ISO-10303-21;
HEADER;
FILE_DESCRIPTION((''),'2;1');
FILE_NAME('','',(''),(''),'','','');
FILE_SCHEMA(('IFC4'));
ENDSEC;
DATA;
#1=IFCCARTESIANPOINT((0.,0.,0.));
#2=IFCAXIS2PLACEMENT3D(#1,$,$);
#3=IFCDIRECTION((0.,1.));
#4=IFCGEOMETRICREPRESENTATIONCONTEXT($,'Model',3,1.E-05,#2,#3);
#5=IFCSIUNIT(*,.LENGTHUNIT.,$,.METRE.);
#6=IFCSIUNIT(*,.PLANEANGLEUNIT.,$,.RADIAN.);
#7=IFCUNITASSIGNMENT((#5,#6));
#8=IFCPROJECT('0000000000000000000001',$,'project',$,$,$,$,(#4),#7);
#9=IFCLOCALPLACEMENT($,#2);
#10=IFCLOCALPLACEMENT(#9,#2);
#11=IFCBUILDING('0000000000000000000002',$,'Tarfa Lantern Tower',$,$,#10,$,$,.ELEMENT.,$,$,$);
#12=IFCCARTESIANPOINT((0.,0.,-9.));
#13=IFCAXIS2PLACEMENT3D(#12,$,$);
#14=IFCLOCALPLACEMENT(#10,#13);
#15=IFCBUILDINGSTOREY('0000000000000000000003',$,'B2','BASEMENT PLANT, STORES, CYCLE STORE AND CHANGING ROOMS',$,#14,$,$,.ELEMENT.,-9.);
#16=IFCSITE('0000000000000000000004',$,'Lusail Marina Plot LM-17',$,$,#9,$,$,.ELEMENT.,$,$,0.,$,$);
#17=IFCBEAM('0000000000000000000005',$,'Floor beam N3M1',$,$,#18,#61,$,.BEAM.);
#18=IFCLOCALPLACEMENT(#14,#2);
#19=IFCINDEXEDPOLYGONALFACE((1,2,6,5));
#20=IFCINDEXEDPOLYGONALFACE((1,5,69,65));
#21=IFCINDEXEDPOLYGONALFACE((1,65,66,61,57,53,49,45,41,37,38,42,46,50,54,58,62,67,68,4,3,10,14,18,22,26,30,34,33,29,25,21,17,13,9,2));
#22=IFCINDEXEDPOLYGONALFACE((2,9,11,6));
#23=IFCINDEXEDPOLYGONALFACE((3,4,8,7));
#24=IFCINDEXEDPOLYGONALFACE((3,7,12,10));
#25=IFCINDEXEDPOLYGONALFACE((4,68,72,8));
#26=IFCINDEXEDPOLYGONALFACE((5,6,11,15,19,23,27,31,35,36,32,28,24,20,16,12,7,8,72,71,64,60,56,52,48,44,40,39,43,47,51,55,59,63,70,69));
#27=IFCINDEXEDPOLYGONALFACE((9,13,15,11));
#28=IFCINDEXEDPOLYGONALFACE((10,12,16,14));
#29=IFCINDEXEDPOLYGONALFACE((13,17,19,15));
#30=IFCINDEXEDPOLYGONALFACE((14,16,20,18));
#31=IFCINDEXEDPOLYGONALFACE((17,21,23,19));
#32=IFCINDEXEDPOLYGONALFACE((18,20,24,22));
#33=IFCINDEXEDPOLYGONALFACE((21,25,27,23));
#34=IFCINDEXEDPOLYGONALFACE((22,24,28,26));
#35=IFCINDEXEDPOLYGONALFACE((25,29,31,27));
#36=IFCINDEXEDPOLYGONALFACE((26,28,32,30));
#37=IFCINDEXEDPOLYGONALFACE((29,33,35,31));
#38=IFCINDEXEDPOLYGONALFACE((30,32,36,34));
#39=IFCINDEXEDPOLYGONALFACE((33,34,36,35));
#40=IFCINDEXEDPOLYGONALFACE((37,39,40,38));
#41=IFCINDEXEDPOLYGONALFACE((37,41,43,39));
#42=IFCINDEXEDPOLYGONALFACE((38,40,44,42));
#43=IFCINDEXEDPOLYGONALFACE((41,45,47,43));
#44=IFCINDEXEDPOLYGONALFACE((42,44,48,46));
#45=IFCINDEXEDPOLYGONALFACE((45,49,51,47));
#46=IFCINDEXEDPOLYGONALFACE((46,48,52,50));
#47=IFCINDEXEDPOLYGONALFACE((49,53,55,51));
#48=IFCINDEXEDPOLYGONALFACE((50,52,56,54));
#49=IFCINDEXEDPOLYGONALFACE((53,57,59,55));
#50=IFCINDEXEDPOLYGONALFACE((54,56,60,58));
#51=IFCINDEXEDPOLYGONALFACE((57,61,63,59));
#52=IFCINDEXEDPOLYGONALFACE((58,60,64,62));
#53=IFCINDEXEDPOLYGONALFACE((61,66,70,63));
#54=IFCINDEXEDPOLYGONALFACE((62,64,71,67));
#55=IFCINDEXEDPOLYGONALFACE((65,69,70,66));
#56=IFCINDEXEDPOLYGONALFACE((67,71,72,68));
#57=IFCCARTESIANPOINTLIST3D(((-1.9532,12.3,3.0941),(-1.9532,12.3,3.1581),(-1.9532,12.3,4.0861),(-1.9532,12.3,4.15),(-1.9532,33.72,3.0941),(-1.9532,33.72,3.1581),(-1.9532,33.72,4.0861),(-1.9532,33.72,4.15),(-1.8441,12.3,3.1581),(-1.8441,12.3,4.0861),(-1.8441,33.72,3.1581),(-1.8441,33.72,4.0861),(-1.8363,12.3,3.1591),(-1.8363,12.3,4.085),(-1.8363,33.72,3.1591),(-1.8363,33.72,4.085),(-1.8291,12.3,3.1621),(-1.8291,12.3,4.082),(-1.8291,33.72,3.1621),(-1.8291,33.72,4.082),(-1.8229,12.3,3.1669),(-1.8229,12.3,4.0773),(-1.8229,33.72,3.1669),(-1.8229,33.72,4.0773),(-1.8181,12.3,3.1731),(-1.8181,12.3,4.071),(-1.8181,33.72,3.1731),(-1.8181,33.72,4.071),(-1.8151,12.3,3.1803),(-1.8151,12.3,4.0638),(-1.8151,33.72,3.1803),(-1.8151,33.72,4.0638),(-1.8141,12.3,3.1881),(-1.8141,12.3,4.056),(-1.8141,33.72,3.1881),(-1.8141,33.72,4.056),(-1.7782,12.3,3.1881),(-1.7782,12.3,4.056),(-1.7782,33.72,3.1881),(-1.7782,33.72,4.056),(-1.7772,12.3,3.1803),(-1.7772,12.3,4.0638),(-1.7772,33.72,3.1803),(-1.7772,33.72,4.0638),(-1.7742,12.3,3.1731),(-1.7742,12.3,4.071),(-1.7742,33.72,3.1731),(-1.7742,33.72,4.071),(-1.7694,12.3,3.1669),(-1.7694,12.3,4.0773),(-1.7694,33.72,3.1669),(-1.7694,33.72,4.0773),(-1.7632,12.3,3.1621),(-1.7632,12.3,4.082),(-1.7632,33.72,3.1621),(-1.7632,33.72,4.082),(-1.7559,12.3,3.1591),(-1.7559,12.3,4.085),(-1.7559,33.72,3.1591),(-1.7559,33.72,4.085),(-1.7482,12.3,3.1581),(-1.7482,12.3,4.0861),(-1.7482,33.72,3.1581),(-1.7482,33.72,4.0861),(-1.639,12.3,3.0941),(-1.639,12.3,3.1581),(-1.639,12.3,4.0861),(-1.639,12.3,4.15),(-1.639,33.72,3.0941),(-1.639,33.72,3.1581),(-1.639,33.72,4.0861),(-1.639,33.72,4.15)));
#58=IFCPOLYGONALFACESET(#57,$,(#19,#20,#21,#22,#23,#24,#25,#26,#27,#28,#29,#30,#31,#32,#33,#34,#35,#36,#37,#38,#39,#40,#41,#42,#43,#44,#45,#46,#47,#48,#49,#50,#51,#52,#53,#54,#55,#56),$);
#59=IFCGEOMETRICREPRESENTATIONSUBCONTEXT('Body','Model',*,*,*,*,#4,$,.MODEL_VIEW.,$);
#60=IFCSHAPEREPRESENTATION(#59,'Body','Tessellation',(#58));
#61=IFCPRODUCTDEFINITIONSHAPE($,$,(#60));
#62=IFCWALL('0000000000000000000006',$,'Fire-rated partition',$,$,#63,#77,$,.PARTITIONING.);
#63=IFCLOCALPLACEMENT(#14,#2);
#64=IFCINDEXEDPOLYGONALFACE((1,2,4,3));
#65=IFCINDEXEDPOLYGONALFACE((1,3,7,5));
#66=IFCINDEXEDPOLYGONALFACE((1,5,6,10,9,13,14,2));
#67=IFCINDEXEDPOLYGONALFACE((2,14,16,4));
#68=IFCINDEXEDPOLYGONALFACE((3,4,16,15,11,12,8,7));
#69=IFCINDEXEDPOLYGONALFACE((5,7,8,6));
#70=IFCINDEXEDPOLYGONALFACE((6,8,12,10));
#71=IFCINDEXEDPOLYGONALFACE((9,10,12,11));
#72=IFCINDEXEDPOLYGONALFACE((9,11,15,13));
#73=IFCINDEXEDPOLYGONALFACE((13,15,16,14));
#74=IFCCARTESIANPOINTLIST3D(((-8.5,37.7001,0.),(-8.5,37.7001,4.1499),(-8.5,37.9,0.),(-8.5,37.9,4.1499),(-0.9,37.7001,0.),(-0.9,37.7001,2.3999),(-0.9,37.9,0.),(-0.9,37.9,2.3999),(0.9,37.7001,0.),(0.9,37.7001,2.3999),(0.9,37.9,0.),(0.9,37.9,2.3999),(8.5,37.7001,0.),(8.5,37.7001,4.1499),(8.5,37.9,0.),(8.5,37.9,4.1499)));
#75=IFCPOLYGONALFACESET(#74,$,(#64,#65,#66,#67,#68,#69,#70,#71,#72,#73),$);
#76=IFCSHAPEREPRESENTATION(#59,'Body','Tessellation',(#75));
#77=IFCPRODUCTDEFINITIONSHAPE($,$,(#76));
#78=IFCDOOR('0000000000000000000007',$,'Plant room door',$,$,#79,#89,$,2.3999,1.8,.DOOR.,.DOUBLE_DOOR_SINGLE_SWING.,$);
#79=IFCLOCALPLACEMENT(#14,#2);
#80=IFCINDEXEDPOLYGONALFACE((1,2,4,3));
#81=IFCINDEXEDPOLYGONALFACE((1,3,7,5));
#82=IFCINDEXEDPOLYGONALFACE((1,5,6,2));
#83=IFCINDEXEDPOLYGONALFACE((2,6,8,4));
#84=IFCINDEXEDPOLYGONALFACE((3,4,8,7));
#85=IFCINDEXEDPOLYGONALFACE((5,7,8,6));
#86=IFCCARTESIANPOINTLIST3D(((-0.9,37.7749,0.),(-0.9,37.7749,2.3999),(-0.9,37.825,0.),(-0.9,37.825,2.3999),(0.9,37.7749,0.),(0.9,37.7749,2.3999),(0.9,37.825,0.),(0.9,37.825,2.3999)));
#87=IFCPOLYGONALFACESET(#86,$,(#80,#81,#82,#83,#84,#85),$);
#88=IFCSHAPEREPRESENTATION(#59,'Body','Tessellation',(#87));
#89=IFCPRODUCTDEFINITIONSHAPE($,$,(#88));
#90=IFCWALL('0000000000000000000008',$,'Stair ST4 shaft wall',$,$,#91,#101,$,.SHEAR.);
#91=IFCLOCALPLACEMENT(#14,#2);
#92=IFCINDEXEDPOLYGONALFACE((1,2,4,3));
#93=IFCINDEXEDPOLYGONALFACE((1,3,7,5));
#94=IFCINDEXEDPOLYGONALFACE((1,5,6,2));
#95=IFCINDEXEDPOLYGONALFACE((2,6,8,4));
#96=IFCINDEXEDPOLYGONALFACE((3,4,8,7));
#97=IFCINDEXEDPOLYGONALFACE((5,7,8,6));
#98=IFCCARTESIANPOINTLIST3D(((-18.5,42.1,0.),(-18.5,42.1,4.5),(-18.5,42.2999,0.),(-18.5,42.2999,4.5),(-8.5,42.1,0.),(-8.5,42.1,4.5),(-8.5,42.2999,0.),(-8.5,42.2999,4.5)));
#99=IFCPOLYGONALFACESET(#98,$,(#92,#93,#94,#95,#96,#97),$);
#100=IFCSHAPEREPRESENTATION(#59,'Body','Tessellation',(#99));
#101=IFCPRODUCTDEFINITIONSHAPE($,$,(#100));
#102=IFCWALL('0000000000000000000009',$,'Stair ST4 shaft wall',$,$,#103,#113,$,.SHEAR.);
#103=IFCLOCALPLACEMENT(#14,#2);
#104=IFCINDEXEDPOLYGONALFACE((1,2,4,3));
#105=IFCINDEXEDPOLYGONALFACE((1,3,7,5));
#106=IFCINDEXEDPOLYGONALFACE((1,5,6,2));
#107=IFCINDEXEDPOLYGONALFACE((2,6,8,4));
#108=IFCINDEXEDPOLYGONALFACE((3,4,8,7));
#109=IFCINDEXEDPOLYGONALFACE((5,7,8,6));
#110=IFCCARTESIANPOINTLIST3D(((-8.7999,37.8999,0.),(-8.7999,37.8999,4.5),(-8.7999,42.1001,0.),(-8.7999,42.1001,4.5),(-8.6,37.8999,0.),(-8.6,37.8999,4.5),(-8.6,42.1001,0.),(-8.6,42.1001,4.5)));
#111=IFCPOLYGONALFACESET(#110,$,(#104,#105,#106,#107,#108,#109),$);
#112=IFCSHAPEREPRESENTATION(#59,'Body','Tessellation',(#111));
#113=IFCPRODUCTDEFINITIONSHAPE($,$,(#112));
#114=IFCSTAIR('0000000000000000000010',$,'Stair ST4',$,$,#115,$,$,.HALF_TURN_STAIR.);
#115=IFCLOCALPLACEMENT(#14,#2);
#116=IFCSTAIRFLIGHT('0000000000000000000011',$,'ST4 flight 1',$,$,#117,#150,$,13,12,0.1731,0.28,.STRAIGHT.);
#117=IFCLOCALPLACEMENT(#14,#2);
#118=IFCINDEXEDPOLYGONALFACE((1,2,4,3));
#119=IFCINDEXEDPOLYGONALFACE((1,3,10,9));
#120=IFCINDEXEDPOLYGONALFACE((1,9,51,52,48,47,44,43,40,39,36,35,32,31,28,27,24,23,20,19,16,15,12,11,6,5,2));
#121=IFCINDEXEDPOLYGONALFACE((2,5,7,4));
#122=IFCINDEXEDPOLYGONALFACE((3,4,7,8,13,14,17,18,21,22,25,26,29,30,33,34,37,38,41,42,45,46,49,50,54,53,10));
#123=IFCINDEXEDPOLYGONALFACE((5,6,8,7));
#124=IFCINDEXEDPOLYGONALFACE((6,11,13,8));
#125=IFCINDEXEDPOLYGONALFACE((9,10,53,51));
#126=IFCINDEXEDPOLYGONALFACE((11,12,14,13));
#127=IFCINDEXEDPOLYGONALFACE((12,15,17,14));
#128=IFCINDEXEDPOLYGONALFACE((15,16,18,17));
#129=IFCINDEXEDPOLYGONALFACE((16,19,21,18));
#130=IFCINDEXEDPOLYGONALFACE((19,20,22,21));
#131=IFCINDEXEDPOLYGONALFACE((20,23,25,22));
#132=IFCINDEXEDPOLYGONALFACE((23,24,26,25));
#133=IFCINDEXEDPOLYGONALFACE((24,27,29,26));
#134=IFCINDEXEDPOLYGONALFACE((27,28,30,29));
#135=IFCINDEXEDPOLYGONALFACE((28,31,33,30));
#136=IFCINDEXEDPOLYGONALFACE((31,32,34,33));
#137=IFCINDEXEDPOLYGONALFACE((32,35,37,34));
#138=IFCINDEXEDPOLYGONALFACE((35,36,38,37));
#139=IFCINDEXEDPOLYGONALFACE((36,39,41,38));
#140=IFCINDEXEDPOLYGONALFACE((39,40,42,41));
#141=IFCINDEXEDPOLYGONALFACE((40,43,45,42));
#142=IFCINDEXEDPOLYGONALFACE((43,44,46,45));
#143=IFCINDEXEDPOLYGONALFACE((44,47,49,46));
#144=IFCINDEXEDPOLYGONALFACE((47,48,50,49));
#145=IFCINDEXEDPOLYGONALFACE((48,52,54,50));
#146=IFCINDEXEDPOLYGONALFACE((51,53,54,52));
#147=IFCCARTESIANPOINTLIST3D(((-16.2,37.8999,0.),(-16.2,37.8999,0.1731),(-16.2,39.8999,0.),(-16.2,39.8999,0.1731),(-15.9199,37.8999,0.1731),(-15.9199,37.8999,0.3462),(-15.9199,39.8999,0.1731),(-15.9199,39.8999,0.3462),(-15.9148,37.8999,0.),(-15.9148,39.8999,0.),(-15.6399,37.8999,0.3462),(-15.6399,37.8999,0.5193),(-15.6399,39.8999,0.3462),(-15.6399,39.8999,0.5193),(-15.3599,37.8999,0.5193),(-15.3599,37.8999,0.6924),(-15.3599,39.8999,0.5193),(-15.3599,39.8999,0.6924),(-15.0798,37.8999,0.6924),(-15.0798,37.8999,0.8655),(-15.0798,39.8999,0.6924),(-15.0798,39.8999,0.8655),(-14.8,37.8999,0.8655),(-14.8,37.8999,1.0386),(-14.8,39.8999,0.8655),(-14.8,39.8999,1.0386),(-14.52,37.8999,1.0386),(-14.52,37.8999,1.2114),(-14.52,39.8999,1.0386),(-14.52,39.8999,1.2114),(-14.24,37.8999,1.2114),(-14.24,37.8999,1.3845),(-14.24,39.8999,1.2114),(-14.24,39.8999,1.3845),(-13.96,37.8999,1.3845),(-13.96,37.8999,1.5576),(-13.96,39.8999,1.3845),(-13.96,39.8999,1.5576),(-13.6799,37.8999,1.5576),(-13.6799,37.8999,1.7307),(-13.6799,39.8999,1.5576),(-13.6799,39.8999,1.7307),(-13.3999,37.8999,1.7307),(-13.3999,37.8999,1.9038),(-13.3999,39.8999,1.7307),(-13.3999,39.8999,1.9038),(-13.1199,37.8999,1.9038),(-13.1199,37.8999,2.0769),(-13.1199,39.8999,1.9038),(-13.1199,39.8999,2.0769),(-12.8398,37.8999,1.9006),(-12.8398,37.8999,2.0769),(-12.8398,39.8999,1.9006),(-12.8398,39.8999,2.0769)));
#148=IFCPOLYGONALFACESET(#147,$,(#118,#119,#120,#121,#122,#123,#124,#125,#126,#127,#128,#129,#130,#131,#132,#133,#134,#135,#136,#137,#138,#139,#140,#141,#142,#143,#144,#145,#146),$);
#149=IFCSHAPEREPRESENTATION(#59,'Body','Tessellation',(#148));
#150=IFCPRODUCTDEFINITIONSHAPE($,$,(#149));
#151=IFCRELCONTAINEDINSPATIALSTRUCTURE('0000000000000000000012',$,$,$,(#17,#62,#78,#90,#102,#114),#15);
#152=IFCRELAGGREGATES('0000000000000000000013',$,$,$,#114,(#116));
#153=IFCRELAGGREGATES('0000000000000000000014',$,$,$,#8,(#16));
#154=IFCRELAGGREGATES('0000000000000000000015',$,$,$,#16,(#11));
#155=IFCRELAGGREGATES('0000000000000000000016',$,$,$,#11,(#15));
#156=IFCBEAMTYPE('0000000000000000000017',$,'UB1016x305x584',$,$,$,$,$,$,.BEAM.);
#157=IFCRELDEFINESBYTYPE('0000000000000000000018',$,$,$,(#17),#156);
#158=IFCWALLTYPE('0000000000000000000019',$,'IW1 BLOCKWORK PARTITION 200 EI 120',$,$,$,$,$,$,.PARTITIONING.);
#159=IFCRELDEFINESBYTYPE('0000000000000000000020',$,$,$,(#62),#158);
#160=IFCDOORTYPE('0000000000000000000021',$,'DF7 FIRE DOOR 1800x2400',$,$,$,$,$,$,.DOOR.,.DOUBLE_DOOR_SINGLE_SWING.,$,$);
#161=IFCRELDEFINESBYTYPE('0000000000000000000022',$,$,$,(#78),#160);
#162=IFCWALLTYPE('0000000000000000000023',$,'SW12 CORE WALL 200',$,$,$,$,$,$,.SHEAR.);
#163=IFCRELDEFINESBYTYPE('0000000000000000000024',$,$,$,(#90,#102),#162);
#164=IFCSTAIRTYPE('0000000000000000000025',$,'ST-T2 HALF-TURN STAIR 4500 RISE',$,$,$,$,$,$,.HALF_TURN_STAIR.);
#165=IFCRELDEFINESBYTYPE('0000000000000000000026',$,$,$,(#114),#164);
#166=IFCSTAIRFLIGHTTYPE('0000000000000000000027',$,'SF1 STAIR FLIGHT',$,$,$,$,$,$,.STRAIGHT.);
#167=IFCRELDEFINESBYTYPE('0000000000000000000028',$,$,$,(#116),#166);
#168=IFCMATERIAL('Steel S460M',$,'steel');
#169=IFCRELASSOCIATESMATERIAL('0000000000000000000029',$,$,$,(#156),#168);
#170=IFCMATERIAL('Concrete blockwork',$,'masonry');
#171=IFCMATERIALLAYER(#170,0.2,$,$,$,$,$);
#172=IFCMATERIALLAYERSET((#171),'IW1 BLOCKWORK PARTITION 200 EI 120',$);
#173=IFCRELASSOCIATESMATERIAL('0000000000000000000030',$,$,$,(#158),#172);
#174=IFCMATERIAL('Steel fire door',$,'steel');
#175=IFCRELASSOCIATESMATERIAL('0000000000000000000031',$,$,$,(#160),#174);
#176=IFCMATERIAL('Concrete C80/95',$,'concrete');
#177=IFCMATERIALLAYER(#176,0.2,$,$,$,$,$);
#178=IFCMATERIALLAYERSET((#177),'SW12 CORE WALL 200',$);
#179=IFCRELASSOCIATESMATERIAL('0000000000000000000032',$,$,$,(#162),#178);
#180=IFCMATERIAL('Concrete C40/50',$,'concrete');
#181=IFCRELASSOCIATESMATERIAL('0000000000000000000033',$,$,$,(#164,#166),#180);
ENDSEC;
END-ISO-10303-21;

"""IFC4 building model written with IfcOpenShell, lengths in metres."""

from ifc_helpers import new_model, si_unit, direction, frame, frame_2d, origin, origin_2d, place, context, subcontext, project, spatial, polyline, rectangle, i_section, outline, extrude, material, layer, layer_set, material_profile, profile_set, type_object, element, fill, aggregate, save


model = new_model("IFC4")

# Units and contexts
model_context = context("Model", 3, precision=1e-05, world=origin(), true_north=direction((0.0, 1.0)))
body_context = subcontext(model_context, "Body", "Model", "MODEL_VIEW")
ifc_project = project(units=[si_unit("LENGTHUNIT", "METRE"), si_unit("PLANEANGLEUNIT", "RADIAN")], contexts=[model_context])

# Site, building, storey
site_placement = place(None, origin())
site = spatial("IfcSite", under=ifc_project, at=site_placement, Name="Lusail Marina Plot LM-17", CompositionType="ELEMENT", RefElevation=0.0)
building_placement = place(site_placement, origin())
building = spatial("IfcBuilding", under=site, at=building_placement, Name="Tarfa Lantern Tower", CompositionType="ELEMENT")
storey_placement = place(building_placement, frame((0.0, 0.0, -9.0)))
storey = spatial("IfcBuildingStorey", under=building, at=storey_placement, Name="B2", Description="BASEMENT PLANT, STORES, CYCLE STORE AND CHANGING ROOMS", CompositionType="ELEMENT", Elevation=-9.0)

# Shared definitions
ifc_material_1 = material(Name="Concrete C40/50", Category="concrete")

# Shared definitions
ifc_material_2 = material(Name="Concrete C80/95", Category="concrete")

# Beam
ifc_material_3 = material(Name="Steel S460M", Category="steel")
ifc_material_profile_1 = material_profile(ifc_material_3, i_section(OverallWidth=0.3142, OverallDepth=1.0559, WebThickness=0.0359, FlangeThickness=0.064, FilletRadius=0.03, at=origin_2d()), Name="UB1016x305x584")
ifc_profile_set_1 = profile_set([ifc_material_profile_1], Name="Steel S460M")
beam_type_1 = type_object("IfcBeamType", Name="UB1016x305x584", PredefinedType="BEAM", material=ifc_profile_set_1)
for number, where, z_axis, x_axis, name in (
    (1, (-1.7961, 33.72, 3.6221), (0.0, -1.0, 0.0), (1.0, 0.0, 0.0), "Floor beam N3M1"),
):
    element("IfcBeam", number, at=place(storey_placement, frame(where, z_axis=z_axis, x_axis=x_axis)), inside=storey, type_object=beam_type_1, Name=name, PredefinedType="BEAM", context=body_context, shape_type="SweptSolid", body=[
        extrude(i_section(OverallWidth=0.3142, OverallDepth=1.0559, WebThickness=0.0359, FlangeThickness=0.064, FilletRadius=0.03, at=origin_2d()), origin(), (0.0, 0.0, 1.0), 21.4199),
    ])

# Wall, opening, door
ifc_material_4 = material(Name="Concrete blockwork", Category="masonry")
ifc_layer_1 = layer(ifc_material_4, 0.2)
ifc_layer_set_1 = layer_set([ifc_layer_1], Name="IW1 BLOCKWORK PARTITION 200 EI 120")
wall_type_1 = type_object("IfcWallType", Name="IW1 BLOCKWORK PARTITION 200 EI 120", PredefinedType="PARTITIONING", material=ifc_layer_set_1)
wall_1_placement = place(storey_placement, frame((-8.5, 37.8, 0.0), z_axis=(0.0, 0.0, 1.0), x_axis=(1.0, 0.0, 0.0)))
wall_1 = element("IfcWall", 2, at=wall_1_placement, inside=storey, type_object=wall_type_1, Name="Fire-rated partition", PredefinedType="PARTITIONING", context=body_context, shape_type="SweptSolid", body=[
    extrude(rectangle(XDim=17.0, YDim=0.2, at=frame_2d((8.5, 0.0))), origin(), (0.0, 0.0, 1.0), 4.1499),
])
opening_placement = place(wall_1_placement, frame((7.6001, 0.0, 0.0)))
opening = element("IfcOpeningElement", 3, at=opening_placement, cuts=wall_1, PredefinedType="OPENING", context=body_context, shape_type="SweptSolid", body=[
    extrude(rectangle(XDim=1.8, YDim=2.3999, at=frame_2d((0.8999, 1.2))), frame((0.0, 0.1099, 0.0), z_axis=(0.0, -1.0, 0.0), x_axis=(1.0, 0.0, 0.0)), (0.0, 0.0, 1.0), 0.22),
])
ifc_material_5 = material(Name="Steel fire door", Category="steel")
door_type = type_object("IfcDoorType", Name="DF7 FIRE DOOR 1800x2400", OperationType="DOUBLE_DOOR_SINGLE_SWING", PredefinedType="DOOR", material=ifc_material_5)
door_placement = place(opening_placement, origin())
door = element("IfcDoor", 4, at=door_placement, inside=storey, type_object=door_type, Name="Plant room door", OperationType="DOUBLE_DOOR_SINGLE_SWING", OverallHeight=2.3999, OverallWidth=1.8, PredefinedType="DOOR", context=body_context, shape_type="SweptSolid", body=[
    extrude(rectangle(XDim=1.8, YDim=2.3999, at=frame_2d((0.8999, 1.2))), frame((0.0, 0.0249, 0.0), z_axis=(0.0, -1.0, 0.0), x_axis=(1.0, 0.0, 0.0)), (0.0, 0.0, 1.0), 0.05),
])
fill(opening, door)

# Walls
ifc_layer_2 = layer(ifc_material_2, 0.2)
ifc_layer_set_2 = layer_set([ifc_layer_2], Name="SW12 CORE WALL 200")
wall_type_2 = type_object("IfcWallType", Name="SW12 CORE WALL 200", PredefinedType="SHEAR", material=ifc_layer_set_2)
wall_2_placement = place(storey_placement, frame((-8.5, 42.2, 0.0), z_axis=(0.0, 0.0, 1.0), x_axis=(-1.0, 0.0, 0.0)))
element("IfcWall", 5, at=wall_2_placement, inside=storey, type_object=wall_type_2, Name="Stair ST4 shaft wall", PredefinedType="SHEAR", context=body_context, shape_type="SweptSolid", body=[
    extrude(rectangle(XDim=10.0, YDim=0.2, at=frame_2d((5.0, 0.0))), origin(), (0.0, 0.0, 1.0), 4.5),
])
wall_3_placement = place(storey_placement, frame((-8.7, 37.8999, 0.0), z_axis=(0.0, 0.0, 1.0), x_axis=(0.0, 1.0, 0.0)))
element("IfcWall", 6, at=wall_3_placement, inside=storey, type_object=wall_type_2, Name="Stair ST4 shaft wall", PredefinedType="SHEAR", context=body_context, shape_type="SweptSolid", body=[
    extrude(rectangle(XDim=4.2002, YDim=0.2, at=frame_2d((2.1001, 0.0))), origin(), (0.0, 0.0, 1.0), 4.5),
])

# Stair, stair flight
stair_type = type_object("IfcStairType", Name="ST-T2 HALF-TURN STAIR 4500 RISE", PredefinedType="HALF_TURN_STAIR", material=ifc_material_1)
stair_placement = place(storey_placement, origin())
stair = element("IfcStair", 7, at=stair_placement, inside=storey, type_object=stair_type, Name="Stair ST4", PredefinedType="HALF_TURN_STAIR")
stair_flight_type = type_object("IfcStairFlightType", Name="SF1 STAIR FLIGHT", PredefinedType="STRAIGHT", material=ifc_material_1)
stair_flight_1_placement = place(storey_placement, frame((-16.2, 38.8999, 0.0), z_axis=(0.0, 0.0, 1.0), x_axis=(1.0, 0.0, 0.0)))
stair_flight_1 = element("IfcStairFlight", 8, at=stair_flight_1_placement, type_object=stair_flight_type, Name="ST4 flight 1", NumberOfRisers=13, NumberOfTreads=12, PredefinedType="STRAIGHT", RiserHeight=0.1731, TreadLength=0.28, context=body_context, shape_type="SweptSolid", body=[
    extrude(outline(polyline([(0.0, 0.0), (0.0, 0.1731), (0.28, 0.1731), (0.28, 0.3462), (0.5601, 0.3462), (0.5601, 0.5193), (0.8401, 0.5193), (0.8401, 0.6924), (1.1201, 0.6924), (1.1201, 0.8655), (1.3999, 0.8655), (1.3999, 1.0386), (1.6799, 1.0386), (1.6799, 1.2114), (1.96, 1.2114), (1.96, 1.3845), (2.24, 1.3845), (2.24, 1.5576), (2.52, 1.5576), (2.52, 1.7307), (2.8, 1.7307), (2.8, 1.9038), (3.0801, 1.9038), (3.0801, 2.0769), (3.3601, 2.0769), (3.3601, 2.25), (3.3601, 1.9006), (0.2852, 0.0), (0.0, 0.0)])), frame((0.0, 1.0, 0.0), z_axis=(0.0, -1.0, 0.0), x_axis=(1.0, 0.0, 0.0)), (0.0, 0.0, 1.0), 2.0),
])
aggregate(stair, [stair_flight_1])

save(model, "model.ifc")
